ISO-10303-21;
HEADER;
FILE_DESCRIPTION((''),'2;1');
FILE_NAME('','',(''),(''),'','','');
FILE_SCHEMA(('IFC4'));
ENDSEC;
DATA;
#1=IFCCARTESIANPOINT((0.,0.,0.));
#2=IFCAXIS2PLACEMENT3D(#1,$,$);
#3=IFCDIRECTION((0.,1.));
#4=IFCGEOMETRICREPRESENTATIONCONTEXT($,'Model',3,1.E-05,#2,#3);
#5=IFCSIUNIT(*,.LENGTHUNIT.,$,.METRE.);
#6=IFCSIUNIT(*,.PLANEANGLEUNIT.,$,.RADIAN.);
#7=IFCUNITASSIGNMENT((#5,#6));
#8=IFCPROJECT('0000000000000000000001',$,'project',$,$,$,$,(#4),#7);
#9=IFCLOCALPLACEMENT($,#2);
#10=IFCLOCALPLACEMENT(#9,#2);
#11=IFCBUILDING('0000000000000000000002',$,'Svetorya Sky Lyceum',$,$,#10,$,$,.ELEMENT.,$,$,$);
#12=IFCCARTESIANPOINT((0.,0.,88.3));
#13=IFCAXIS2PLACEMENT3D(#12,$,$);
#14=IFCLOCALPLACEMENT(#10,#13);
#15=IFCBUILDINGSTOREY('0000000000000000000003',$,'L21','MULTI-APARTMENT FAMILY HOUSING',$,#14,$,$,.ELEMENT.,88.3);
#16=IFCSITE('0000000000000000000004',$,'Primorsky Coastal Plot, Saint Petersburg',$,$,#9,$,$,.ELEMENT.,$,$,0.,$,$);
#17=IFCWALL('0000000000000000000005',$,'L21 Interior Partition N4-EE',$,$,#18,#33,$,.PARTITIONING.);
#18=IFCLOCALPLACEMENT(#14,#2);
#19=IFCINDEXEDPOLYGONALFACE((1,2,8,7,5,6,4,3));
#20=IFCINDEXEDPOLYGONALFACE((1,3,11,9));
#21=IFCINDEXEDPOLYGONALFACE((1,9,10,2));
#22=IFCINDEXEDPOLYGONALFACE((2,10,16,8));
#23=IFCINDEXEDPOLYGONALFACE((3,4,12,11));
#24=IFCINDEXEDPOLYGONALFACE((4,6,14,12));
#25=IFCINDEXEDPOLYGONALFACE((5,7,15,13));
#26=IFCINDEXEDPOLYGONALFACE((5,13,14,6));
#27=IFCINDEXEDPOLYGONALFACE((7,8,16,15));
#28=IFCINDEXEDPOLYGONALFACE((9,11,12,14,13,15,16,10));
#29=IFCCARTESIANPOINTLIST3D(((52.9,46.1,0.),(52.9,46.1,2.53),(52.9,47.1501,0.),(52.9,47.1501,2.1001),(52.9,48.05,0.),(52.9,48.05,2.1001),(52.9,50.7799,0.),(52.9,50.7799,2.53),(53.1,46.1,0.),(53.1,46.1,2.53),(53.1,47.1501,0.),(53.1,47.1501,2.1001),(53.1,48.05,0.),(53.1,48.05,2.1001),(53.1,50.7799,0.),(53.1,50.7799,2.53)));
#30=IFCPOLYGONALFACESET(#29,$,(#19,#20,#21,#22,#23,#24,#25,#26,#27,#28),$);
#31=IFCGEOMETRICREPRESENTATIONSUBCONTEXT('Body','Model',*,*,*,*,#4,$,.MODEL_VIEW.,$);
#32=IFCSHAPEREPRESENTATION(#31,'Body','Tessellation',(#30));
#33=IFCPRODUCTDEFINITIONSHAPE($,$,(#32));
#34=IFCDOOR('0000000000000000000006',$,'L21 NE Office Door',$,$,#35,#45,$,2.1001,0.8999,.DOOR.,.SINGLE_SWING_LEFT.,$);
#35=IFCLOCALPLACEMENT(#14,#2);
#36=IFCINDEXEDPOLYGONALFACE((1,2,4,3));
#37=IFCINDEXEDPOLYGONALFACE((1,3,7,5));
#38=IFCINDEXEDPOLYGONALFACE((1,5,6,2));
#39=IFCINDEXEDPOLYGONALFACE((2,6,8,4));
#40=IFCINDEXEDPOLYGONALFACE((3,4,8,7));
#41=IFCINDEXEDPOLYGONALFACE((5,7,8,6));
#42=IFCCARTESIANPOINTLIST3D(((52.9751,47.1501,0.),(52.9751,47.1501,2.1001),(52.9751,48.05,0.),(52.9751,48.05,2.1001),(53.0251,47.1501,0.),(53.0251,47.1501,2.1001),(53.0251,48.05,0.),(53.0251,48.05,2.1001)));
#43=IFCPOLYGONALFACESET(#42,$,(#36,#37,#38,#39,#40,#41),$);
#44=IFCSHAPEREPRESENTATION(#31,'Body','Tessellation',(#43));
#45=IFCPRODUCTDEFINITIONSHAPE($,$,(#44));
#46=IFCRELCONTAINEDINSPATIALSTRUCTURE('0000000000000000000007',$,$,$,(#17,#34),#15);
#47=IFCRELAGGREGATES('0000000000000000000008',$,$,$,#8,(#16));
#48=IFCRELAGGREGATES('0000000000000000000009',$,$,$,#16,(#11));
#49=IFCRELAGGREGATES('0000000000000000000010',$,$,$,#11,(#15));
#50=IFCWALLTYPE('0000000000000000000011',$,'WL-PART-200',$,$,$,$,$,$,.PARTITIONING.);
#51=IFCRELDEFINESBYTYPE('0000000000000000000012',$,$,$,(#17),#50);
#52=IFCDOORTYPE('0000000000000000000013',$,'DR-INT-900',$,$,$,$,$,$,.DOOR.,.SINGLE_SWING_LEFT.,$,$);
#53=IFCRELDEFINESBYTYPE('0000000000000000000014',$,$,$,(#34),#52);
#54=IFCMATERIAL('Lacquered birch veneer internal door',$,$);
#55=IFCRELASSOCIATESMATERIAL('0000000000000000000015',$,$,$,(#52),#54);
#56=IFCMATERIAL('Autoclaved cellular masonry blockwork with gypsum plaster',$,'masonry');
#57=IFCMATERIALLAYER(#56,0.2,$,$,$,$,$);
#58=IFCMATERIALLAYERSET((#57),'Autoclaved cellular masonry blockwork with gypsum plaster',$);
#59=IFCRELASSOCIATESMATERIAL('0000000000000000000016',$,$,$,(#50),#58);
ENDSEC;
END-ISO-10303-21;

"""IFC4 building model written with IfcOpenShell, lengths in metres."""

from ifc_helpers import new_model, si_unit, direction, frame, frame_2d, origin, place, context, subcontext, project, spatial, rectangle, extrude, material, layer, layer_set, type_object, element, fill, save


model = new_model("IFC4")

# Units and contexts
model_context = context("Model", 3, precision=1e-05, world=origin(), true_north=direction((0.0, 1.0)))
body_context = subcontext(model_context, "Body", "Model", "MODEL_VIEW")
ifc_project = project(units=[si_unit("LENGTHUNIT", "METRE"), si_unit("PLANEANGLEUNIT", "RADIAN")], contexts=[model_context])

# Site, building, storey
site_placement = place(None, origin())
site = spatial("IfcSite", under=ifc_project, at=site_placement, Name="Primorsky Coastal Plot, Saint Petersburg", CompositionType="ELEMENT", RefElevation=0.0)
building_placement = place(site_placement, origin())
building = spatial("IfcBuilding", under=site, at=building_placement, Name="Svetorya Sky Lyceum", CompositionType="ELEMENT")
storey_placement = place(building_placement, frame((0.0, 0.0, 88.3)))
storey = spatial("IfcBuildingStorey", under=building, at=storey_placement, Name="L21", Description="MULTI-APARTMENT FAMILY HOUSING", CompositionType="ELEMENT", Elevation=88.3)

# Shared definitions
ifc_material_1 = material(Name="Lacquered birch veneer internal door")
door_type = type_object("IfcDoorType", Name="DR-INT-900", OperationType="SINGLE_SWING_LEFT", PredefinedType="DOOR", material=ifc_material_1)

# Shared definitions
ifc_material_2 = material(Name="Autoclaved cellular masonry blockwork with gypsum plaster", Category="masonry")
ifc_layer_1 = layer(ifc_material_2, 0.2)
ifc_layer_set_1 = layer_set([ifc_layer_1], Name="Autoclaved cellular masonry blockwork with gypsum plaster")
wall_type_1 = type_object("IfcWallType", Name="WL-PART-200", PredefinedType="PARTITIONING", material=ifc_layer_set_1)

# Wall, opening, door
wall_1_placement = place(storey_placement, frame((53.0, 46.1001, 0.0), z_axis=(0.0, 0.0, 1.0), x_axis=(0.0, 1.0, 0.0)))
wall_1 = element("IfcWall", 1, at=wall_1_placement, inside=storey, type_object=wall_type_1, Name="L21 Interior Partition N4-EE", PredefinedType="PARTITIONING", context=body_context, shape_type="SweptSolid", body=[
    extrude(rectangle(XDim=4.6799, YDim=0.2, at=frame_2d((2.3398, 0.0))), origin(), (0.0, 0.0, 1.0), 2.53),
])
opening_1_placement = place(wall_1_placement, frame((1.05, 0.0, 0.0)))
opening_1 = element("IfcOpeningElement", 2, at=opening_1_placement, cuts=wall_1, PredefinedType="OPENING", context=body_context, shape_type="SweptSolid", body=[
    extrude(rectangle(XDim=0.8999, YDim=2.1001, at=frame_2d((0.45, 1.05))), frame((0.0, 0.1099, 0.0), z_axis=(0.0, -1.0, 0.0), x_axis=(1.0, 0.0, 0.0)), (0.0, 0.0, 1.0), 0.22),
])
door_1_placement = place(opening_1_placement, origin())
door_1 = element("IfcDoor", 3, at=door_1_placement, inside=storey, type_object=door_type, Name="L21 NE Office Door", OperationType="SINGLE_SWING_LEFT", OverallHeight=2.1001, OverallWidth=0.8999, PredefinedType="DOOR", context=body_context, shape_type="SweptSolid", body=[
    extrude(rectangle(XDim=0.8999, YDim=2.1001, at=frame_2d((0.45, 1.05))), frame((0.0, 0.0249, 0.0), z_axis=(0.0, -1.0, 0.0), x_axis=(1.0, 0.0, 0.0)), (0.0, 0.0, 1.0), 0.05),
])
fill(opening_1, door_1)

save(model, "model.ifc")
